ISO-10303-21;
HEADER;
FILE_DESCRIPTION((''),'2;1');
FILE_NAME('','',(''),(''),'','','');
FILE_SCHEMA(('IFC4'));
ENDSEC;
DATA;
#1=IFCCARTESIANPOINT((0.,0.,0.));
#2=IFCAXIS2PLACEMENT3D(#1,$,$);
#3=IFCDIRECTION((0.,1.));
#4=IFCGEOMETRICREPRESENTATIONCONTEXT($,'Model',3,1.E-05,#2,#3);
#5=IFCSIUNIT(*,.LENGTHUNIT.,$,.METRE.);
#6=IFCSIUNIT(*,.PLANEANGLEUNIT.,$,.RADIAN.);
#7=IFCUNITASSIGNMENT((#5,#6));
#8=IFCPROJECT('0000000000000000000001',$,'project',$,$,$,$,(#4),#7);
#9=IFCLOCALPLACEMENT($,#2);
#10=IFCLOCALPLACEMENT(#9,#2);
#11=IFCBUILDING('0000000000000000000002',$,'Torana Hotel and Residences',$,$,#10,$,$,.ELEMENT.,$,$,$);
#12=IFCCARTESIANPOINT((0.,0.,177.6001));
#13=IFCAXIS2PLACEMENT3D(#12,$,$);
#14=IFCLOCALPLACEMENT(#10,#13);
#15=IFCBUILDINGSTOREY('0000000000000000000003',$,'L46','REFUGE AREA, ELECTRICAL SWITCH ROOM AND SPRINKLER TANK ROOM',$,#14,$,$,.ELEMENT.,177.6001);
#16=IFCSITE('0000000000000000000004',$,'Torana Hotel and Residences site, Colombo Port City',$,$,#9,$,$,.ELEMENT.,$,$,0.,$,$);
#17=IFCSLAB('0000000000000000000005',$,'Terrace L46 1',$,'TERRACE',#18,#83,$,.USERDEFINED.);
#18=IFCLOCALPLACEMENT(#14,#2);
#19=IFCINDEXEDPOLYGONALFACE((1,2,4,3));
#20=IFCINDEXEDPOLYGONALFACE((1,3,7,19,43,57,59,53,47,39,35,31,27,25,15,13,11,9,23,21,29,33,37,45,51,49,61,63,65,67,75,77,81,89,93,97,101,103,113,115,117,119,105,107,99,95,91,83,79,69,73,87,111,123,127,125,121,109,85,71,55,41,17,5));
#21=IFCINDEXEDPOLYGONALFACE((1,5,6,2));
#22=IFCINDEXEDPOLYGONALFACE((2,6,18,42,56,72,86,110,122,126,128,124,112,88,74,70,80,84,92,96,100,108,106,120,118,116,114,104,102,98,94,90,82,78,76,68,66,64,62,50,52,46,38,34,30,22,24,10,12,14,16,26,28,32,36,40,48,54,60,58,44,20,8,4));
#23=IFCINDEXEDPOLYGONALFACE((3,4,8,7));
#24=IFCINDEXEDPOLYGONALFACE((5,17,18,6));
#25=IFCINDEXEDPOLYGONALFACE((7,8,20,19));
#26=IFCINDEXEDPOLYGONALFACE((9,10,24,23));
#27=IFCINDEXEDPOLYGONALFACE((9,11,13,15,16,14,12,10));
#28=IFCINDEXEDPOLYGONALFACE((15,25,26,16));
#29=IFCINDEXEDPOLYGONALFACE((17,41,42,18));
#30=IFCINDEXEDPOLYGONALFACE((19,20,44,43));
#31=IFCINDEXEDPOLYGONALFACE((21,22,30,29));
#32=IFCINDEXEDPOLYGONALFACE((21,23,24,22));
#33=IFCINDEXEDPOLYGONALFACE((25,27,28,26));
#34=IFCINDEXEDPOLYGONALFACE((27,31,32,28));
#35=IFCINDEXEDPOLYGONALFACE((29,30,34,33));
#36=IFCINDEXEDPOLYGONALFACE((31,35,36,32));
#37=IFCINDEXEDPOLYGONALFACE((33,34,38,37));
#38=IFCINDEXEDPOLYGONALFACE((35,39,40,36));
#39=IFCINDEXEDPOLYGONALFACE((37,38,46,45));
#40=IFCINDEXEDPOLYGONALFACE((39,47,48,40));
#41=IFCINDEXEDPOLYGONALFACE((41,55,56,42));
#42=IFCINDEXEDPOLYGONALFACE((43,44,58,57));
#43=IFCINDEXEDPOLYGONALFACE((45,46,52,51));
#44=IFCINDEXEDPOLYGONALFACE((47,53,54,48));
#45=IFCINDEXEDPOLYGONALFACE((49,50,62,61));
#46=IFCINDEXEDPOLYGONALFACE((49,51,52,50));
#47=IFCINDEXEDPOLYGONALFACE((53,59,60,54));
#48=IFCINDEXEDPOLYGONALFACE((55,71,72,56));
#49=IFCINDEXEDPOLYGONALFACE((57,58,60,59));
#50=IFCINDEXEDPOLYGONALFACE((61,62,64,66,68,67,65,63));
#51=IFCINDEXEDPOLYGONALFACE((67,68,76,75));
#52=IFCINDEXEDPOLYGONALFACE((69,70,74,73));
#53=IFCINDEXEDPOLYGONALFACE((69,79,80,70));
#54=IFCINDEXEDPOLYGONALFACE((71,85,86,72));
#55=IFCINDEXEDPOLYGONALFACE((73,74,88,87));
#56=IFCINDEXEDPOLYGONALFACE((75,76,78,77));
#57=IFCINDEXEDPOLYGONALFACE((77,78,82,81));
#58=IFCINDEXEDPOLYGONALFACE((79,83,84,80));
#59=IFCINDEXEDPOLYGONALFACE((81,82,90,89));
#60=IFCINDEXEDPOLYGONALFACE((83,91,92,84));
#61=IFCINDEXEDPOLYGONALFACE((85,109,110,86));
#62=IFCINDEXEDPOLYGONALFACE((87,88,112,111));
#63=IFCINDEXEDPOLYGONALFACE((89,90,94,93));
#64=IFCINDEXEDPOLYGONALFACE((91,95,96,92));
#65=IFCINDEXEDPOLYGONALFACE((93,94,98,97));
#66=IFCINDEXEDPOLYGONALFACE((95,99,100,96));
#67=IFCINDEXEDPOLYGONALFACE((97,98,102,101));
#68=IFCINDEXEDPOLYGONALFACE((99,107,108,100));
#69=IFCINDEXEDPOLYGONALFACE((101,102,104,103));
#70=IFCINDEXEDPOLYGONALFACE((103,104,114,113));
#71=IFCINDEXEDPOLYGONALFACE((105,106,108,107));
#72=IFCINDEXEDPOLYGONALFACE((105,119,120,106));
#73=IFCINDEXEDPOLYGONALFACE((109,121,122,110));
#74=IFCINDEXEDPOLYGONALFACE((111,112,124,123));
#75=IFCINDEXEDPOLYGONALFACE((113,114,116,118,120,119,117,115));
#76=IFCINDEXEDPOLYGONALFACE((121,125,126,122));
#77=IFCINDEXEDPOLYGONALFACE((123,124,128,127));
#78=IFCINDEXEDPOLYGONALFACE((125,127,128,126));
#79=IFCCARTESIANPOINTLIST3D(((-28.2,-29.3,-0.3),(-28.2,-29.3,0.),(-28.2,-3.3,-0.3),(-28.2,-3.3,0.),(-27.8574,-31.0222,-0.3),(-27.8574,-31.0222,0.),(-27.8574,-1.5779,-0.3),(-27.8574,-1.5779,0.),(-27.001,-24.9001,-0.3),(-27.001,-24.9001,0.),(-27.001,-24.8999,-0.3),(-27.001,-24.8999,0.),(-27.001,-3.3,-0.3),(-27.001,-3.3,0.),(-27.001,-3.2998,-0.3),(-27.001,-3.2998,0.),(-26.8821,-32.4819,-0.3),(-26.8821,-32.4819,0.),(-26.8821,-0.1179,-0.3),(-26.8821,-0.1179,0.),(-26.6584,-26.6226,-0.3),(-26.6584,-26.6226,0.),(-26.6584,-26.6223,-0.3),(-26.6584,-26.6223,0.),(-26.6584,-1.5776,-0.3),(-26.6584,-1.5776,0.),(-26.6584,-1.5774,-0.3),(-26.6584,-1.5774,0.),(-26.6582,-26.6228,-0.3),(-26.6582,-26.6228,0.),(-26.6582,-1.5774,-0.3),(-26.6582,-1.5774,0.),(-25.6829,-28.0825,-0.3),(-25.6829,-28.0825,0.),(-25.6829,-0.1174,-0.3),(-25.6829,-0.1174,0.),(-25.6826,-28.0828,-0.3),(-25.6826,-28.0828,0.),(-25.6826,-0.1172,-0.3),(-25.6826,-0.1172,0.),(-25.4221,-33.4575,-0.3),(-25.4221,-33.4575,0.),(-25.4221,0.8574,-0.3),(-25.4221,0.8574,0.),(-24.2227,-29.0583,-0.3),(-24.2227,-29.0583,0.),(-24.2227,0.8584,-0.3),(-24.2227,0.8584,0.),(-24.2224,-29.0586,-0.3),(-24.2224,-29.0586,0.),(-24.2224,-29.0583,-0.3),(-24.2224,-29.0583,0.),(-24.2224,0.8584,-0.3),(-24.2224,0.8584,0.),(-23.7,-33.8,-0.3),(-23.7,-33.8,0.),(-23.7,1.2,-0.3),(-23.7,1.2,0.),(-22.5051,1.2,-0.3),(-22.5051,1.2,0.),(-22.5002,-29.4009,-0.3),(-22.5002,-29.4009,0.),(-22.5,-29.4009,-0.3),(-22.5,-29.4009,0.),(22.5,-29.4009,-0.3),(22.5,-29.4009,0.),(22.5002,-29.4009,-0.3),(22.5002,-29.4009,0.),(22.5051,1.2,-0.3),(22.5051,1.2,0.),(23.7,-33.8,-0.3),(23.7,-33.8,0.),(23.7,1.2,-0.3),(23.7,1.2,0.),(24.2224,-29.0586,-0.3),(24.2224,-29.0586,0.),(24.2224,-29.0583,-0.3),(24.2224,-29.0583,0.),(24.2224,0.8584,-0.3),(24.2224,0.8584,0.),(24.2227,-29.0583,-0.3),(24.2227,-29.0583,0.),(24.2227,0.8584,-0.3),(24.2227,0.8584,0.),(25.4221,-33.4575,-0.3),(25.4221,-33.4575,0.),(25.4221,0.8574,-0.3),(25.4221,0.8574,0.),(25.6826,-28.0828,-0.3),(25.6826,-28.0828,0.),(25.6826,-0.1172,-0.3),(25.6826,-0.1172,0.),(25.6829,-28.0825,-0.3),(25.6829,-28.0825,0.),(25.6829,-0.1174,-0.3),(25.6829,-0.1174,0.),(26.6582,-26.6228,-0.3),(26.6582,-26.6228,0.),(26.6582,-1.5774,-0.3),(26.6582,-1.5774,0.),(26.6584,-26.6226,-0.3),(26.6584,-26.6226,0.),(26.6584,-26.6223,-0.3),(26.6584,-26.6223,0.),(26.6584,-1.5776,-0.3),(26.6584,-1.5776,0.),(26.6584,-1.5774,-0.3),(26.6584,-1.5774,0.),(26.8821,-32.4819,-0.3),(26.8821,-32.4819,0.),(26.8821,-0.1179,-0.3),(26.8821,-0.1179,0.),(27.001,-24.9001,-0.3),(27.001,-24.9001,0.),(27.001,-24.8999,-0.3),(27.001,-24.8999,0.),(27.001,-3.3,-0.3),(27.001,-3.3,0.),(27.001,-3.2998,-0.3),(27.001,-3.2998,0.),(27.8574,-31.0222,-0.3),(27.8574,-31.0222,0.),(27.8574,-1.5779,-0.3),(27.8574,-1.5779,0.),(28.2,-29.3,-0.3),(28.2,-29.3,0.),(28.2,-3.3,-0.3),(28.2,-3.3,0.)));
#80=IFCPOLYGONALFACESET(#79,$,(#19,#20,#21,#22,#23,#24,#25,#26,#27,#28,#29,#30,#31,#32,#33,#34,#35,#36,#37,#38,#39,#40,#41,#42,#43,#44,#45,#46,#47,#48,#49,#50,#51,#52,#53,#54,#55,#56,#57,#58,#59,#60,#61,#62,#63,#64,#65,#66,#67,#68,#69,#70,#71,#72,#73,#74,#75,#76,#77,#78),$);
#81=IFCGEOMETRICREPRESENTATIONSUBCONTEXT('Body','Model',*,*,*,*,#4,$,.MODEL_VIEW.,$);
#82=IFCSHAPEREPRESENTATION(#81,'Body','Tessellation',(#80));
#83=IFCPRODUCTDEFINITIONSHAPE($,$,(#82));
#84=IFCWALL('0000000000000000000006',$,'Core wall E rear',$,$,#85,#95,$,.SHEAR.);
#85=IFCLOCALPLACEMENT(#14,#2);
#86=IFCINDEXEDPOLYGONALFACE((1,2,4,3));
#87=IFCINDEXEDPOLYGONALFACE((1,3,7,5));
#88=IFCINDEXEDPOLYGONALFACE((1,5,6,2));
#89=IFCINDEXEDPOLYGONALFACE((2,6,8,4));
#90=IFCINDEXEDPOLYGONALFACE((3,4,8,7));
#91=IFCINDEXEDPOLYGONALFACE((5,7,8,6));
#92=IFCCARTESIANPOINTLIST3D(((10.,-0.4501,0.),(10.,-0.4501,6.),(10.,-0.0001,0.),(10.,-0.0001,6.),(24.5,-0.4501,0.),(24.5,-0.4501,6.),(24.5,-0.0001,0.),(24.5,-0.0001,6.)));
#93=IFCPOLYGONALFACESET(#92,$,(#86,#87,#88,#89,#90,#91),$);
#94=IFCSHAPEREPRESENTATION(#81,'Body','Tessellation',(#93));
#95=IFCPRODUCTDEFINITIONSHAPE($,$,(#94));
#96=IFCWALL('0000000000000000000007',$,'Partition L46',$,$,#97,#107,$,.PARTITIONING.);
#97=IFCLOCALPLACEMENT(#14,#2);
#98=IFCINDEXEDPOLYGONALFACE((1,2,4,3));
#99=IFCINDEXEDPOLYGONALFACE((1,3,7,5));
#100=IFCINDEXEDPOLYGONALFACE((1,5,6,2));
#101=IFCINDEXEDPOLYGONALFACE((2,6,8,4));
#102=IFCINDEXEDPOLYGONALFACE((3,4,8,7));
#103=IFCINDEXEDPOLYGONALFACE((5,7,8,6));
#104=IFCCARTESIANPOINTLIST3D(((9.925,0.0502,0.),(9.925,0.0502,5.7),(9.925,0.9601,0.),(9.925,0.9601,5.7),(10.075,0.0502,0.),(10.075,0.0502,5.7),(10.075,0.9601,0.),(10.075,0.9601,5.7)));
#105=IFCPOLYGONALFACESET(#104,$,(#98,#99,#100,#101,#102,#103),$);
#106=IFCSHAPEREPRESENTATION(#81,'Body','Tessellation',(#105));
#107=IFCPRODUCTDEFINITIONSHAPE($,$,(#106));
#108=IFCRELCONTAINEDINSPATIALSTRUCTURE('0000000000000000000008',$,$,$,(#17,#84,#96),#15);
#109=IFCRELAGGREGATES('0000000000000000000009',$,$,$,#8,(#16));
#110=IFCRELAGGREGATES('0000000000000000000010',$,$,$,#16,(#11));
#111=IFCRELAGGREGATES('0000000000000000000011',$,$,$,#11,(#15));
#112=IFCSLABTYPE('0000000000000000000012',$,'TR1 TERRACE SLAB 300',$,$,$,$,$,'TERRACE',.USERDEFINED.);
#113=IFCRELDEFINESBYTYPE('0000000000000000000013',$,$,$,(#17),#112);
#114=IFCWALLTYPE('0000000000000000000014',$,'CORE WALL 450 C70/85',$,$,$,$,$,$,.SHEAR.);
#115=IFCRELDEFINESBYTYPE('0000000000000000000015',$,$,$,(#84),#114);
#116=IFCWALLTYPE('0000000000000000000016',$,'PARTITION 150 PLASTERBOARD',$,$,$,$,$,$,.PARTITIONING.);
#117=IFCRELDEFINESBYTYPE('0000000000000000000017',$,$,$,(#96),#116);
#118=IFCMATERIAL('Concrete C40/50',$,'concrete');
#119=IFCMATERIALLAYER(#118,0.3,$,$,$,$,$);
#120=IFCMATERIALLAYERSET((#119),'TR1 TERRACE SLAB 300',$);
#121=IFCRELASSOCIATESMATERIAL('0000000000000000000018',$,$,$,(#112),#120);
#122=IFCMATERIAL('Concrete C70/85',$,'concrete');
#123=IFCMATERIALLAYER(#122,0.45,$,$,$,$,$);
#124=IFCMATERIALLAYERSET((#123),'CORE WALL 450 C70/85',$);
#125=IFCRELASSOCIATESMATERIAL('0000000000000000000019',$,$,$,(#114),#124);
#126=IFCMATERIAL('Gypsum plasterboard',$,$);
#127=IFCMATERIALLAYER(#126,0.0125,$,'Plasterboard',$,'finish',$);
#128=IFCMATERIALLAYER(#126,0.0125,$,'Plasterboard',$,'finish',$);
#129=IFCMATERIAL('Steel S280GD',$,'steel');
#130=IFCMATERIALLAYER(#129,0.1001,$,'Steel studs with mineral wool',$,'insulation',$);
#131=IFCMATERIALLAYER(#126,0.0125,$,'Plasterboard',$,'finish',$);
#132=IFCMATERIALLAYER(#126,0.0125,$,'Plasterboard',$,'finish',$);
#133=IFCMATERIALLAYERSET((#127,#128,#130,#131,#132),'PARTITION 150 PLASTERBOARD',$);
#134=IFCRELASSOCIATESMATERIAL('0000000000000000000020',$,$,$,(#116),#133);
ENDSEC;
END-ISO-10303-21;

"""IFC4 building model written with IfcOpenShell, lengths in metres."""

from ifc_helpers import new_model, si_unit, direction, frame, frame_2d, origin, place, context, subcontext, project, spatial, polyline, rectangle, outline, extrude, material, layer, layer_set, type_object, element, save


model = new_model("IFC4")

# Units and contexts
model_context = context("Model", 3, precision=1e-05, world=origin(), true_north=direction((0.0, 1.0)))
body_context = subcontext(model_context, "Body", "Model", "MODEL_VIEW")
ifc_project = project(units=[si_unit("LENGTHUNIT", "METRE"), si_unit("PLANEANGLEUNIT", "RADIAN")], contexts=[model_context])

# Site, building, storey
site_placement = place(None, origin())
site = spatial("IfcSite", under=ifc_project, at=site_placement, Name="Torana Hotel and Residences site, Colombo Port City", CompositionType="ELEMENT", RefElevation=0.0)
building_placement = place(site_placement, origin())
building = spatial("IfcBuilding", under=site, at=building_placement, Name="Torana Hotel and Residences", CompositionType="ELEMENT")
storey_placement = place(building_placement, frame((0.0, 0.0, 177.6001)))
storey = spatial("IfcBuildingStorey", under=building, at=storey_placement, Name="L46", Description="REFUGE AREA, ELECTRICAL SWITCH ROOM AND SPRINKLER TANK ROOM", CompositionType="ELEMENT", Elevation=177.6001)

# Slab
ifc_material_1 = material(Name="Concrete C40/50", Category="concrete")
ifc_layer_1 = layer(ifc_material_1, 0.3)
ifc_layer_set_1 = layer_set([ifc_layer_1], Name="TR1 TERRACE SLAB 300")
slab_type_1 = type_object("IfcSlabType", Name="TR1 TERRACE SLAB 300", ElementType="TERRACE", PredefinedType="USERDEFINED", material=ifc_layer_set_1)
slab_1_placement = place(storey_placement, frame((0.0, 0.0, -0.3)))
element("IfcSlab", 1, at=slab_1_placement, inside=storey, type_object=slab_type_1, Name="Terrace L46 1", ObjectType="TERRACE", PredefinedType="USERDEFINED", context=body_context, shape_type="SweptSolid", body=[
    extrude(outline(polyline([(23.7, 1.2), (25.4221, 0.8574), (26.8821, -0.1179), (27.8574, -1.5779), (28.2, -3.3), (28.2, -29.3), (27.8574, -31.0222), (26.8821, -32.4819), (25.4221, -33.4575), (23.7, -33.8), (-23.7, -33.8), (-25.4221, -33.4575), (-26.8821, -32.4819), (-27.8574, -31.0222), (-28.2, -29.3), (-28.2, -3.3), (-27.8574, -1.5779), (-26.8821, -0.1179), (-25.4221, 0.8574), (-23.7, 1.2), (-22.5051, 1.2), (-24.2224, 0.8584), (-24.2224, 0.8584), (-24.2224, 0.8584), (-24.2227, 0.8584), (-24.2227, 0.8584), (-25.6826, -0.1172), (-25.6826, -0.1172), (-25.6826, -0.1172), (-25.6829, -0.1174), (-25.6829, -0.1174), (-26.6582, -1.5774), (-26.6584, -1.5774), (-26.6584, -1.5774), (-26.6584, -1.5776), (-26.6584, -1.5776), (-27.001, -3.2998), (-27.001, -3.2998), (-27.001, -3.3), (-27.001, -24.8999), (-27.001, -24.9001), (-27.001, -24.9001), (-26.6584, -26.6223), (-26.6584, -26.6223), (-26.6584, -26.6226), (-26.6584, -26.6226), (-26.6582, -26.6228), (-25.6829, -28.0825), (-25.6829, -28.0825), (-25.6826, -28.0828), (-25.6826, -28.0828), (-25.6826, -28.0828), (-24.2227, -29.0583), (-24.2227, -29.0583), (-24.2224, -29.0583), (-24.2224, -29.0586), (-24.2224, -29.0586), (-22.5002, -29.4009), (-22.5, -29.4009), (-22.5, -29.4009), (22.5, -29.4009), (22.5, -29.4009), (22.5002, -29.4009), (24.2224, -29.0586), (24.2224, -29.0586), (24.2224, -29.0583), (24.2227, -29.0583), (24.2227, -29.0583), (25.6826, -28.0828), (25.6826, -28.0828), (25.6826, -28.0828), (25.6829, -28.0825), (25.6829, -28.0825), (26.6582, -26.6228), (26.6584, -26.6226), (26.6584, -26.6226), (26.6584, -26.6223), (26.6584, -26.6223), (27.001, -24.9001), (27.001, -24.9001), (27.001, -24.8999), (27.001, -3.3), (27.001, -3.2998), (27.001, -3.2998), (26.6584, -1.5776), (26.6584, -1.5776), (26.6584, -1.5774), (26.6584, -1.5774), (26.6582, -1.5774), (25.6829, -0.1174), (25.6829, -0.1174), (25.6826, -0.1172), (25.6826, -0.1172), (25.6826, -0.1172), (24.2227, 0.8584), (24.2227, 0.8584), (24.2224, 0.8584), (24.2224, 0.8584), (24.2224, 0.8584), (22.5051, 1.2), (23.7, 1.2)])), origin(), (0.0, 0.0, 1.0), 0.3),
])

# Walls
ifc_material_2 = material(Name="Concrete C70/85", Category="concrete")
ifc_layer_2 = layer(ifc_material_2, 0.45)
ifc_layer_set_2 = layer_set([ifc_layer_2], Name="CORE WALL 450 C70/85")
wall_type_1 = type_object("IfcWallType", Name="CORE WALL 450 C70/85", PredefinedType="SHEAR", material=ifc_layer_set_2)
wall_1_placement = place(storey_placement, frame((10.0, -0.2251, 0.0), z_axis=(0.0, 0.0, 1.0), x_axis=(1.0, 0.0, 0.0)))
element("IfcWall", 2, at=wall_1_placement, inside=storey, type_object=wall_type_1, Name="Core wall E rear", PredefinedType="SHEAR", context=body_context, shape_type="SweptSolid", body=[
    extrude(rectangle(XDim=14.5, YDim=0.45, at=frame_2d((7.25, 0.0))), origin(), (0.0, 0.0, 1.0), 6.0),
])
ifc_material_3 = material(Name="Gypsum plasterboard")
ifc_layer_3 = layer(ifc_material_3, 0.0125, Name="Plasterboard", Category="finish")
ifc_layer_4 = layer(ifc_material_3, 0.0125, Name="Plasterboard", Category="finish")
ifc_material_4 = material(Name="Steel S280GD", Category="steel")
ifc_layer_5 = layer(ifc_material_4, 0.1001, Name="Steel studs with mineral wool", Category="insulation")
ifc_layer_6 = layer(ifc_material_3, 0.0125, Name="Plasterboard", Category="finish")
ifc_layer_7 = layer(ifc_material_3, 0.0125, Name="Plasterboard", Category="finish")
ifc_layer_set_3 = layer_set([ifc_layer_3, ifc_layer_4, ifc_layer_5, ifc_layer_6, ifc_layer_7], Name="PARTITION 150 PLASTERBOARD")
wall_type_2 = type_object("IfcWallType", Name="PARTITION 150 PLASTERBOARD", PredefinedType="PARTITIONING", material=ifc_layer_set_3)
wall_2_placement = place(storey_placement, frame((10.0, 0.05, 0.0), z_axis=(0.0, 0.0, 1.0), x_axis=(0.0, 1.0, 0.0)))
element("IfcWall", 3, at=wall_2_placement, inside=storey, type_object=wall_type_2, Name="Partition L46", PredefinedType="PARTITIONING", context=body_context, shape_type="SweptSolid", body=[
    extrude(rectangle(XDim=0.9099, YDim=0.1499, at=frame_2d((0.4551, 0.0))), origin(), (0.0, 0.0, 1.0), 5.7),
])

save(model, "model.ifc")
